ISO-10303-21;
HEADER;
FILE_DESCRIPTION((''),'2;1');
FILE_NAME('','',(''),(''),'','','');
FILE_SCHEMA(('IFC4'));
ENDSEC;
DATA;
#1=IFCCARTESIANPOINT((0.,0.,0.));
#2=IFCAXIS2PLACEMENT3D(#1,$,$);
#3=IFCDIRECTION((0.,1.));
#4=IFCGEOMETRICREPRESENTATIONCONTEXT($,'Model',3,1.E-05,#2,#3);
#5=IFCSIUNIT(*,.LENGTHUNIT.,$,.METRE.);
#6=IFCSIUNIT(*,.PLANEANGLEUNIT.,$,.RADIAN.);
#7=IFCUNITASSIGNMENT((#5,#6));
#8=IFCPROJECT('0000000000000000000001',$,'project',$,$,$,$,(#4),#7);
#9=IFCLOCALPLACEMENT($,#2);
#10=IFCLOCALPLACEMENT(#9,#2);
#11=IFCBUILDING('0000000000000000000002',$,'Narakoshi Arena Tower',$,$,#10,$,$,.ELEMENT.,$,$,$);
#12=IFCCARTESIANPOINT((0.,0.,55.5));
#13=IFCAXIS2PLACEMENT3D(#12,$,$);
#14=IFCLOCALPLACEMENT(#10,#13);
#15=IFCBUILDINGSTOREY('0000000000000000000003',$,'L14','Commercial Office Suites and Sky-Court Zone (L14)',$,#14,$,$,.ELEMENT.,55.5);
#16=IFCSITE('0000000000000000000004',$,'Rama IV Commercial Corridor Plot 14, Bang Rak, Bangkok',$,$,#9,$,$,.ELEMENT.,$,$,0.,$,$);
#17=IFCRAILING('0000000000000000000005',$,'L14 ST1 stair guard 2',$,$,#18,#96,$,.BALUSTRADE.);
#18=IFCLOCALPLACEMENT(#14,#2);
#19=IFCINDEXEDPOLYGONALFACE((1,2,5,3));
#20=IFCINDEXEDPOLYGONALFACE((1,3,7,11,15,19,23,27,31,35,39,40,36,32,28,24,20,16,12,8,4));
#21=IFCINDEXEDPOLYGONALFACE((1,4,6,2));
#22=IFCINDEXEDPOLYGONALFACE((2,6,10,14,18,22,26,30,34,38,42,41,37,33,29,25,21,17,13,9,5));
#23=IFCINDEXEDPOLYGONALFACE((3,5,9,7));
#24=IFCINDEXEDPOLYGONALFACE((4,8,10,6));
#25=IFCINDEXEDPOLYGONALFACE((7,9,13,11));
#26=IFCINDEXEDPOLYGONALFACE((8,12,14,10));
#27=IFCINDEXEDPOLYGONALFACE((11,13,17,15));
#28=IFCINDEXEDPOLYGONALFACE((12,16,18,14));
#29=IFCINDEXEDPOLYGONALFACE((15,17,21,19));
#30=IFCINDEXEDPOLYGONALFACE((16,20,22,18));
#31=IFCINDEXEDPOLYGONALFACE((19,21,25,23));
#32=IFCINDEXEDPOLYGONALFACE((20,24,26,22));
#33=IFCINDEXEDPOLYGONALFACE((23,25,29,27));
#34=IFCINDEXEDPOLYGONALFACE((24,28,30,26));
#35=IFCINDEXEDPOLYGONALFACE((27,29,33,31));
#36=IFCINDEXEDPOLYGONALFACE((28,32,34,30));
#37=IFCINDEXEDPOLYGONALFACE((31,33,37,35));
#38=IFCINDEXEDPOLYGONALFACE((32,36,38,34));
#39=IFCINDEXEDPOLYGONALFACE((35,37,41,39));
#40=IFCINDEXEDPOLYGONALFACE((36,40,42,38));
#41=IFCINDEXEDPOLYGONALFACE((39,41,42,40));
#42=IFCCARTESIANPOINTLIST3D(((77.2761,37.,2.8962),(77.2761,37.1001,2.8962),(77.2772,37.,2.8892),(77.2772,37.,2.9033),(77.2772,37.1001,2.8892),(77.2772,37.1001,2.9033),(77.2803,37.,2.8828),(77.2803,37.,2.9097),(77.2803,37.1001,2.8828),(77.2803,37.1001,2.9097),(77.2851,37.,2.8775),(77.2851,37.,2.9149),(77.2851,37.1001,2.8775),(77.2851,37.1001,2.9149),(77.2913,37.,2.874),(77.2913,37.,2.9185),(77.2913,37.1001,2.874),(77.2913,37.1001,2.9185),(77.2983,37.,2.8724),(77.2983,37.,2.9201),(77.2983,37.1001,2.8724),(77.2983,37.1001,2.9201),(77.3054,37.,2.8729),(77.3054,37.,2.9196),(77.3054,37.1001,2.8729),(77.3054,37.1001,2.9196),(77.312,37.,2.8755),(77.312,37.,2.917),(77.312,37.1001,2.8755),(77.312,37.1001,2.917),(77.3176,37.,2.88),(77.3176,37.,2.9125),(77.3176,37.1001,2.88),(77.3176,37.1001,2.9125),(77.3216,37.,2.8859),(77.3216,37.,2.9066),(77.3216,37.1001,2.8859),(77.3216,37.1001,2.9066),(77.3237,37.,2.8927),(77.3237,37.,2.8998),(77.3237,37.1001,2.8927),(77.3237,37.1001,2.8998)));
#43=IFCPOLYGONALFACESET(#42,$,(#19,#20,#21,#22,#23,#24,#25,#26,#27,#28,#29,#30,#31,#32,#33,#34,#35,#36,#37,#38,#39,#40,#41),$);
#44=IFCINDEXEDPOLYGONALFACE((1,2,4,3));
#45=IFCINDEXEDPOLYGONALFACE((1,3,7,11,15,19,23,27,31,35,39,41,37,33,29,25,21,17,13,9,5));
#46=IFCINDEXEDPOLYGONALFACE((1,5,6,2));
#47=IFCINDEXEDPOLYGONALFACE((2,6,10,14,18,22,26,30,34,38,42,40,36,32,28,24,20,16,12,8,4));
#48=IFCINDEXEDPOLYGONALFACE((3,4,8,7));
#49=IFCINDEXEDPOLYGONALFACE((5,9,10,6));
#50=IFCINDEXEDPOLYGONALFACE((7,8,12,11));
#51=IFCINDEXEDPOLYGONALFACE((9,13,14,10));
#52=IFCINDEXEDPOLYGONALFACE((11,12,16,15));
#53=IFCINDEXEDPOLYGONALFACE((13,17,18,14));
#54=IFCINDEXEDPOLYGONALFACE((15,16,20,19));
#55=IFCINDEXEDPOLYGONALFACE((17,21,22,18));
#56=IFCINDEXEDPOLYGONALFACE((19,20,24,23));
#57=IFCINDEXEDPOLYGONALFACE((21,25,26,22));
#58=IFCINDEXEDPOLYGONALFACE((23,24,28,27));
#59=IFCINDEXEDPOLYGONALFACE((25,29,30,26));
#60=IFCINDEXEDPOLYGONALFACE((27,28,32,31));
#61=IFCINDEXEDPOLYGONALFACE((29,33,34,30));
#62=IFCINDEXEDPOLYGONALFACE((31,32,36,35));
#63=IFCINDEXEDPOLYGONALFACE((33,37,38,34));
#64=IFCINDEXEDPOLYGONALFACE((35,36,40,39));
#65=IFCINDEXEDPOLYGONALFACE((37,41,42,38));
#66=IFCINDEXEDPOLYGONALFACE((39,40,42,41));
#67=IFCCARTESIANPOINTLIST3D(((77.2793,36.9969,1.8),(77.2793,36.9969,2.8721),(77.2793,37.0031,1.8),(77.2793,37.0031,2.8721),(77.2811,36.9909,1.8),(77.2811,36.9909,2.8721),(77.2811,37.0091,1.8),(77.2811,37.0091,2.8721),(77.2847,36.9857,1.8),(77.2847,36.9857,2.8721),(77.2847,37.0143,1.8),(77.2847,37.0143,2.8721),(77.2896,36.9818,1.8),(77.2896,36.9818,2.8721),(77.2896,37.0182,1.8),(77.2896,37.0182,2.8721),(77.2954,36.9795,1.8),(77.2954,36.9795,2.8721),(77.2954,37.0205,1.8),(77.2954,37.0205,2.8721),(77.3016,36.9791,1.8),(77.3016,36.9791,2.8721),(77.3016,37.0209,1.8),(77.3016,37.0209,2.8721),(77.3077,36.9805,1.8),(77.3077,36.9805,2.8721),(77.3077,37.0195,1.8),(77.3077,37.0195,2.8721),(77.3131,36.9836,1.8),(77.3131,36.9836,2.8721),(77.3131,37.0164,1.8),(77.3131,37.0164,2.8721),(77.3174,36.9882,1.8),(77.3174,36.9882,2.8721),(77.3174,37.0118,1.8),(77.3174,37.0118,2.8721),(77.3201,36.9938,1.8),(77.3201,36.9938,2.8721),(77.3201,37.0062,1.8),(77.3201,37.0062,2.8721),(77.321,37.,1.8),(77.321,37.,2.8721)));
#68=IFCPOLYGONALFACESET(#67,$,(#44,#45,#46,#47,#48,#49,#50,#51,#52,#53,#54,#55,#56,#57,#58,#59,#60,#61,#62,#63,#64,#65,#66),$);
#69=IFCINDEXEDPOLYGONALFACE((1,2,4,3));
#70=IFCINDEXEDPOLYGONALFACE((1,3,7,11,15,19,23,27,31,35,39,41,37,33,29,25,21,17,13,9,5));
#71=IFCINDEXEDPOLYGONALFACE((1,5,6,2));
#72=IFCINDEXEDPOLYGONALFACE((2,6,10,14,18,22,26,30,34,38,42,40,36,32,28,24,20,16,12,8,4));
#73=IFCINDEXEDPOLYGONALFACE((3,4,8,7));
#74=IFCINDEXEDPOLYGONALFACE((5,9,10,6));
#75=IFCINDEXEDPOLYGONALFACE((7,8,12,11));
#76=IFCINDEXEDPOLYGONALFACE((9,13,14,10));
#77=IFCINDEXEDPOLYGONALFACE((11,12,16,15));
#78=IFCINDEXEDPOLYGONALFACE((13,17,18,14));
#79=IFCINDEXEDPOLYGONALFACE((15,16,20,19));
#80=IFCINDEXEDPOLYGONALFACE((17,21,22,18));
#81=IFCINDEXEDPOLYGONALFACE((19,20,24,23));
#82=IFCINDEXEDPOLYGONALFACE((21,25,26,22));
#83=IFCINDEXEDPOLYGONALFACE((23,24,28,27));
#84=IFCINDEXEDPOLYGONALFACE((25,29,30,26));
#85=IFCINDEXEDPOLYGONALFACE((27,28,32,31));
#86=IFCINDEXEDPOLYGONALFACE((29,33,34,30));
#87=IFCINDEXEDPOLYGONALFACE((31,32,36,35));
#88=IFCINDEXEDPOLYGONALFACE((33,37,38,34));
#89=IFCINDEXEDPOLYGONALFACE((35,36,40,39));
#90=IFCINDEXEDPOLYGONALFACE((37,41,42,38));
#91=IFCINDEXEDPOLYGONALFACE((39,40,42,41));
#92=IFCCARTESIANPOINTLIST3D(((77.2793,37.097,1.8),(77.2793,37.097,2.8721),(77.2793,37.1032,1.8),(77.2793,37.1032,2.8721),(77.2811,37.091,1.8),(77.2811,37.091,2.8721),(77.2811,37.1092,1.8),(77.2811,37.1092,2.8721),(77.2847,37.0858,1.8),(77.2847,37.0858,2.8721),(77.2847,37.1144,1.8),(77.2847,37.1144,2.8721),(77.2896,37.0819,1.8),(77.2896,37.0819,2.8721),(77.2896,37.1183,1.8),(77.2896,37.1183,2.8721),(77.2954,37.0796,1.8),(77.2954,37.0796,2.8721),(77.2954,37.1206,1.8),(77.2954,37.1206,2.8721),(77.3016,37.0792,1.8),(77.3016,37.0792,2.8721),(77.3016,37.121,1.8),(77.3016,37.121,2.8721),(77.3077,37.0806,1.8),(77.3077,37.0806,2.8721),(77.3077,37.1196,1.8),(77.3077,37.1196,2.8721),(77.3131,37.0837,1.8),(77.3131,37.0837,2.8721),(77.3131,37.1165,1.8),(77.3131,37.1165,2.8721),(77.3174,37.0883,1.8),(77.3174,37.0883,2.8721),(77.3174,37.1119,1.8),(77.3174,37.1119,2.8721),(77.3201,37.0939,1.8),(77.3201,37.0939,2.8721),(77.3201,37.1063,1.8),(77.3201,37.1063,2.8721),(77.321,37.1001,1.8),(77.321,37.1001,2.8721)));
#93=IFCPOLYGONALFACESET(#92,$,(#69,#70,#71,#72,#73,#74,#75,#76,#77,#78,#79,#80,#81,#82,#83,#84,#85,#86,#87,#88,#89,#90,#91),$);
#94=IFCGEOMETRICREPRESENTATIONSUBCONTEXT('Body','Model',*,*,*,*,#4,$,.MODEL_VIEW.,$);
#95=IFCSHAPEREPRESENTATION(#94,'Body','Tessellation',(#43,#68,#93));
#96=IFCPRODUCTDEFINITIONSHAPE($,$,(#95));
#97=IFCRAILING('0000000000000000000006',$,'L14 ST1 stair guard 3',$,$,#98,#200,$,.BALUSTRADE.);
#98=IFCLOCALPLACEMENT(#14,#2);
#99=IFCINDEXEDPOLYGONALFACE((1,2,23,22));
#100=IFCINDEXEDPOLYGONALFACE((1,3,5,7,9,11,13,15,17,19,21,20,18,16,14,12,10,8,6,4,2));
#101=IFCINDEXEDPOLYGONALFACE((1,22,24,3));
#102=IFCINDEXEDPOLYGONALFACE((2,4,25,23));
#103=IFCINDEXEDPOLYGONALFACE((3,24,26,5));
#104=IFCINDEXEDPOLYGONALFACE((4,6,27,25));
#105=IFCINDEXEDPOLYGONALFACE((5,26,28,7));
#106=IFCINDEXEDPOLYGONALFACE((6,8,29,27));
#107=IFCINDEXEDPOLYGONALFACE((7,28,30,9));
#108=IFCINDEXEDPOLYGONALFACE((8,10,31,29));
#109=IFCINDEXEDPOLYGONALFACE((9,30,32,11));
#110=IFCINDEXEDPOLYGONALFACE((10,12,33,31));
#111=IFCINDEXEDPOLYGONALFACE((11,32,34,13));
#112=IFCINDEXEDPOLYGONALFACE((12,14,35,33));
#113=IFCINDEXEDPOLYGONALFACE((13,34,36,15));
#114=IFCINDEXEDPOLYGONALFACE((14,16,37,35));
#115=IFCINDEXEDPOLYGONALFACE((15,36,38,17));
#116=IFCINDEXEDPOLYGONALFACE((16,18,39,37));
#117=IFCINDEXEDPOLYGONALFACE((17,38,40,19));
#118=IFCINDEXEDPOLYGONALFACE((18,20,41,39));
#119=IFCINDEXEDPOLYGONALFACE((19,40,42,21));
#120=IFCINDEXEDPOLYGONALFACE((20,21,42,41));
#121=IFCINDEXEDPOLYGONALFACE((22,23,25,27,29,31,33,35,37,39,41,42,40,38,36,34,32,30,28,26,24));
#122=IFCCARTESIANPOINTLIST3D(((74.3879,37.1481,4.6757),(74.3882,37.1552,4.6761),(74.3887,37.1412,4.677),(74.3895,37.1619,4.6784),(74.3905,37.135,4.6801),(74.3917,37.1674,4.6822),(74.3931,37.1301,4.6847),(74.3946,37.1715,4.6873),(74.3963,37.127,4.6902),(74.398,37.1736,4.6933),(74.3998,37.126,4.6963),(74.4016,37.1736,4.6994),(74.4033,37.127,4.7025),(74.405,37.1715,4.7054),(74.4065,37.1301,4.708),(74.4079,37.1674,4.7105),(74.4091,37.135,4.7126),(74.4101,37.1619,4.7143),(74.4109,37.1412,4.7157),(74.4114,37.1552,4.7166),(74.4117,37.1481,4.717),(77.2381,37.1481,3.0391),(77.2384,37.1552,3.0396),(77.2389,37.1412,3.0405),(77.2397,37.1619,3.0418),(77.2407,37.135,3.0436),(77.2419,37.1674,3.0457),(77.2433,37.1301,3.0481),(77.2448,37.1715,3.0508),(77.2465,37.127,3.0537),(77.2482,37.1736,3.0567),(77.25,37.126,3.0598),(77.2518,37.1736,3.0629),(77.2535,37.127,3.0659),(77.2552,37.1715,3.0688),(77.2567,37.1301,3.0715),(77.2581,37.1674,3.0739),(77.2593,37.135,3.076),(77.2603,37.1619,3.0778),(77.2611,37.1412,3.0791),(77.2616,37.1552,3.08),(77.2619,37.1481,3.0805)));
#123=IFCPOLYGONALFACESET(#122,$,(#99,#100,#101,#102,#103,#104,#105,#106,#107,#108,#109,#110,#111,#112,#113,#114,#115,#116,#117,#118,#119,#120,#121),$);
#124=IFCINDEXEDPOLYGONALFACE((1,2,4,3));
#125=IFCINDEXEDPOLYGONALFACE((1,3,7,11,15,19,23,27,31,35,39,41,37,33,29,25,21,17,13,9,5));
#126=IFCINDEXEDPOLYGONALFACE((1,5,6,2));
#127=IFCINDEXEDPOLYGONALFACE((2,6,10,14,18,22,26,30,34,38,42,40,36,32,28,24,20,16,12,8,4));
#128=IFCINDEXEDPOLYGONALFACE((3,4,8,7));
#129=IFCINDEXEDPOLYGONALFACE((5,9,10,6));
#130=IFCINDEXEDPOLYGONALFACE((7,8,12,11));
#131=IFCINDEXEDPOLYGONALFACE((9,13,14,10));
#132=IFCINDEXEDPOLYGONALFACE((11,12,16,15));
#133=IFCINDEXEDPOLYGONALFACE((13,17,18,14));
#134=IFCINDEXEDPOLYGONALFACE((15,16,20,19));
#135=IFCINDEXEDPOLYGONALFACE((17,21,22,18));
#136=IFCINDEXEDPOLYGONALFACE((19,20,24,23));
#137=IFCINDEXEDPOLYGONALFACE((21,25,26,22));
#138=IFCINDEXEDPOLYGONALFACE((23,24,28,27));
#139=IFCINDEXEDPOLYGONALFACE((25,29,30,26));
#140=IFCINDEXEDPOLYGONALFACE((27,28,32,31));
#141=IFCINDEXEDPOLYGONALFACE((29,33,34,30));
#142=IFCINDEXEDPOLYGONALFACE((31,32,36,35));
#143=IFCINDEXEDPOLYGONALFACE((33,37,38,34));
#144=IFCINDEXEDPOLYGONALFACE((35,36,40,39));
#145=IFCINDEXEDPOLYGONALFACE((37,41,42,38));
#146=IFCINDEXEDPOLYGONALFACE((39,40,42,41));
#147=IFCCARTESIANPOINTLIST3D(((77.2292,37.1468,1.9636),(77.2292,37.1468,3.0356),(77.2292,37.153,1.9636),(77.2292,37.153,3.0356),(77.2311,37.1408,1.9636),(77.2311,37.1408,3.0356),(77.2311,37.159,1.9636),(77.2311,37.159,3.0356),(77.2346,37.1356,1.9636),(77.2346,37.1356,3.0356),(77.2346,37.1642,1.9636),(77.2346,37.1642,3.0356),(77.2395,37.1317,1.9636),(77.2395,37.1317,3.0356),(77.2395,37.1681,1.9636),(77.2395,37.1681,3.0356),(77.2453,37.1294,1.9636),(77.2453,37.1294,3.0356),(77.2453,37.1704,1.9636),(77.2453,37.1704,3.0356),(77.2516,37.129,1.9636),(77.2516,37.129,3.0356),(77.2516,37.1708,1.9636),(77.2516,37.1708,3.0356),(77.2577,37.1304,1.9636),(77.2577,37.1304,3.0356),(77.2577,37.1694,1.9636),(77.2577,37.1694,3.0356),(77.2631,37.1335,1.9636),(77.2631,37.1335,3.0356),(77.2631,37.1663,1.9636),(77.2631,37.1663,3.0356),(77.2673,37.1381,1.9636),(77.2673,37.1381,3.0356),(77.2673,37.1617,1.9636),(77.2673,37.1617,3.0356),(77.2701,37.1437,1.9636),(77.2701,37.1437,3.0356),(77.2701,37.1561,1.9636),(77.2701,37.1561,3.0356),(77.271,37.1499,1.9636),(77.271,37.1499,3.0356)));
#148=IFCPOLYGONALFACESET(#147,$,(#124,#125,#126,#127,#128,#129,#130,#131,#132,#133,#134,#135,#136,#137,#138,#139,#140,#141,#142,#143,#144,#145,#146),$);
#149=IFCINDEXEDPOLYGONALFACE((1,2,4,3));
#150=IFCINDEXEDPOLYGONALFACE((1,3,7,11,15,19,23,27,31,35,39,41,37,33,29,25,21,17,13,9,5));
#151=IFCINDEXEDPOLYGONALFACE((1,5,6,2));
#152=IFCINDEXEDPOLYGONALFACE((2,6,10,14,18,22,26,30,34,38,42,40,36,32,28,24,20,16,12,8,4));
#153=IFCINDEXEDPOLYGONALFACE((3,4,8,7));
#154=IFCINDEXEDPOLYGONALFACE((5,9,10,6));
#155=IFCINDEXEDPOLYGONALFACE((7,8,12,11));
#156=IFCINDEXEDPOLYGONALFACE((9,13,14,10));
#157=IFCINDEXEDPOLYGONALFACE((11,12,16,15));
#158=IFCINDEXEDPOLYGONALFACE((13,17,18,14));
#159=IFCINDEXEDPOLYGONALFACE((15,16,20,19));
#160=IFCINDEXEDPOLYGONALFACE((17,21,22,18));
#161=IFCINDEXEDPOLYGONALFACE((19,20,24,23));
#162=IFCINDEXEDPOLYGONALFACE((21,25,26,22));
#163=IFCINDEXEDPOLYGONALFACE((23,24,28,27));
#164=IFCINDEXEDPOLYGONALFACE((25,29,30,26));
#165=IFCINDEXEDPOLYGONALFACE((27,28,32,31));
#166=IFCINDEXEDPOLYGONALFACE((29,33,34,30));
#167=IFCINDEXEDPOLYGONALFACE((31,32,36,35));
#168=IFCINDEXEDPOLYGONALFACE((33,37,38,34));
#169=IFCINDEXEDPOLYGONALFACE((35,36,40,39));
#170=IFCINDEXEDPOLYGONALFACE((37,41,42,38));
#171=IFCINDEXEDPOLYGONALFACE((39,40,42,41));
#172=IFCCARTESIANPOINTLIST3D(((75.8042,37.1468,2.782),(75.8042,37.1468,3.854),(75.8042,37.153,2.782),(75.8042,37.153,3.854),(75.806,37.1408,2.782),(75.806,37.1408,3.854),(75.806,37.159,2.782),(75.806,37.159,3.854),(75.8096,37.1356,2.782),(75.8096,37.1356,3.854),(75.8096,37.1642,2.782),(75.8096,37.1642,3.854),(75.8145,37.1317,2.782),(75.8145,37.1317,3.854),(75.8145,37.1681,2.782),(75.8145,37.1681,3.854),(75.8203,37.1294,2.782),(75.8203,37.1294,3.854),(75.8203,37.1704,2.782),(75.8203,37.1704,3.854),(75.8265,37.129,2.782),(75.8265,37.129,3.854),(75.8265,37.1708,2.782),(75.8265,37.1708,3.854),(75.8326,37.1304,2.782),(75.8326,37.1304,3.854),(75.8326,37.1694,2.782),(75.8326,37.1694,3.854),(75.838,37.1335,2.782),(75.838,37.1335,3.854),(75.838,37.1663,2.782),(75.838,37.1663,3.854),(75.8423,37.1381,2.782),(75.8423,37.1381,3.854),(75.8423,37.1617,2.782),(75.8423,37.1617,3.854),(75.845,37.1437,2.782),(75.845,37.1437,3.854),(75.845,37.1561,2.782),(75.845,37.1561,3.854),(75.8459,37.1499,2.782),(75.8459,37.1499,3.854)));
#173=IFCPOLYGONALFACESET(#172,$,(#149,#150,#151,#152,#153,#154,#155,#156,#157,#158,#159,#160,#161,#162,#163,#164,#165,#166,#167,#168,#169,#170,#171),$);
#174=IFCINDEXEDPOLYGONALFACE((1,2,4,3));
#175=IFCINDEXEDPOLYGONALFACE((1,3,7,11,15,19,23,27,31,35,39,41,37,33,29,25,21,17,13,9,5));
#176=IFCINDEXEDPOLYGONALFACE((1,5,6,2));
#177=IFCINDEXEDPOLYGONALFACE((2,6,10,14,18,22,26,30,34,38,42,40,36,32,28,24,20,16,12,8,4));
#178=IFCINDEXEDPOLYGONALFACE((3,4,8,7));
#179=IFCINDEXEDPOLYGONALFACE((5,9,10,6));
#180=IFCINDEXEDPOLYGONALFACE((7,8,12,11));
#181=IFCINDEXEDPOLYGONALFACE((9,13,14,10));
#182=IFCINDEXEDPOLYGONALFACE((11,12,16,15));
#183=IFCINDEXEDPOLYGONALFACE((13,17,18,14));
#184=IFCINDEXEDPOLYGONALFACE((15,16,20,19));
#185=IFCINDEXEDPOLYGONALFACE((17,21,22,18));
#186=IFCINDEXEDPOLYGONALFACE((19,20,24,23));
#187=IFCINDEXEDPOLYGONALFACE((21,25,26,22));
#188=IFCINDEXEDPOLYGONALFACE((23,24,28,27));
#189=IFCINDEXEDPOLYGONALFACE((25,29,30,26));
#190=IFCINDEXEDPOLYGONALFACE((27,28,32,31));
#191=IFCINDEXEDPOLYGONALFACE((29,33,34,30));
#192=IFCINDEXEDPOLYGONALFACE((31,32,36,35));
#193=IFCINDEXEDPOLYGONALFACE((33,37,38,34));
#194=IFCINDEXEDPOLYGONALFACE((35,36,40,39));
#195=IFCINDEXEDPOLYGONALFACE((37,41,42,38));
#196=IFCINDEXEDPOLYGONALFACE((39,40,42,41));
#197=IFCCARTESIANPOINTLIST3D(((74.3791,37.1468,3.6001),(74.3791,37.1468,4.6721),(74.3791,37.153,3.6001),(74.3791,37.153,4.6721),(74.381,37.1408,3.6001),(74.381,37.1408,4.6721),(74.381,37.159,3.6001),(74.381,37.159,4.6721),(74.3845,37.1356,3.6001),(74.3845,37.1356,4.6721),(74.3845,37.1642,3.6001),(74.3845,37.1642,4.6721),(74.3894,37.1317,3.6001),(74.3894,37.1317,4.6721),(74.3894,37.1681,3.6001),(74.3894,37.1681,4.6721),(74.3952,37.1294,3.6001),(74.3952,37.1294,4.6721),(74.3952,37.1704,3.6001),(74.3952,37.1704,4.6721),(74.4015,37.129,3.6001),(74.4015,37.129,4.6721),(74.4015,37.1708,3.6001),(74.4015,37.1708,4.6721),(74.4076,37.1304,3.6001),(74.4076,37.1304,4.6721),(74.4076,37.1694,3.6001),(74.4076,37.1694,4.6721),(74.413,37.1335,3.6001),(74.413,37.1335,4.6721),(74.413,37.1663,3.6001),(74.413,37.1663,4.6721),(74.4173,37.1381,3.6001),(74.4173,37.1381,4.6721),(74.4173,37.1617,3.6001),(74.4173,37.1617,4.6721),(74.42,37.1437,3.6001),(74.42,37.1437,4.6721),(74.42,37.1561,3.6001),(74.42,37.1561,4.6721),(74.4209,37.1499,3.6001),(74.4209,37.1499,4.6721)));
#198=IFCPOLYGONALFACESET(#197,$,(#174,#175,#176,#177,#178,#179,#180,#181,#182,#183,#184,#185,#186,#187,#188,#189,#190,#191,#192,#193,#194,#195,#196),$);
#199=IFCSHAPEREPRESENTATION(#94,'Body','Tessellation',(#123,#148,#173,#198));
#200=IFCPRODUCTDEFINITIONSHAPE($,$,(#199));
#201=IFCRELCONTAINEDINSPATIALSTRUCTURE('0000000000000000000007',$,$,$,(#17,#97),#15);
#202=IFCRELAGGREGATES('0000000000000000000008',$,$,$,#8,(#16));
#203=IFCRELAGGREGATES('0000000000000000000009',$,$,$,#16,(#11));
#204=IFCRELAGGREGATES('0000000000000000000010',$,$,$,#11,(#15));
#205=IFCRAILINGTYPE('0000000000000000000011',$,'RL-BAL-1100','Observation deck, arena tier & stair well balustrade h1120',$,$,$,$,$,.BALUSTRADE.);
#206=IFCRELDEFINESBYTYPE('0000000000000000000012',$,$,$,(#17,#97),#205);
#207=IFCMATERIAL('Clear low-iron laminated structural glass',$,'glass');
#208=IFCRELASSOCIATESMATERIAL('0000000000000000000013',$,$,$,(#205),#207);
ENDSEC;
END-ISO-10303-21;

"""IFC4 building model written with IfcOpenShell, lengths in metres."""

from ifc_helpers import new_model, si_unit, direction, frame, origin, origin_2d, place, context, subcontext, project, spatial, circle, extrude, material, type_object, element, save


model = new_model("IFC4")

# Units and contexts
model_context = context("Model", 3, precision=1e-05, world=origin(), true_north=direction((0.0, 1.0)))
body_context = subcontext(model_context, "Body", "Model", "MODEL_VIEW")
ifc_project = project(units=[si_unit("LENGTHUNIT", "METRE"), si_unit("PLANEANGLEUNIT", "RADIAN")], contexts=[model_context])

# Site, building, storey
site_placement = place(None, origin())
site = spatial("IfcSite", under=ifc_project, at=site_placement, Name="Rama IV Commercial Corridor Plot 14, Bang Rak, Bangkok", CompositionType="ELEMENT", RefElevation=0.0)
building_placement = place(site_placement, origin())
building = spatial("IfcBuilding", under=site, at=building_placement, Name="Narakoshi Arena Tower", CompositionType="ELEMENT")
storey_placement = place(building_placement, frame((0.0, 0.0, 55.5)))
storey = spatial("IfcBuildingStorey", under=building, at=storey_placement, Name="L14", Description="Commercial Office Suites and Sky-Court Zone (L14)", CompositionType="ELEMENT", Elevation=55.5)

# Railings
ifc_material_1 = material(Name="Clear low-iron laminated structural glass", Category="glass")
railing_type_1 = type_object("IfcRailingType", Name="RL-BAL-1100", Description="Observation deck, arena tier & stair well balustrade h1120", PredefinedType="BALUSTRADE", material=ifc_material_1)
railing_1_placement = place(storey_placement, frame((77.3, 37.0, 1.8)))
element("IfcRailing", 1, at=railing_1_placement, inside=storey, type_object=railing_type_1, Name="L14 ST1 stair guard 2", PredefinedType="BALUSTRADE", context=body_context, shape_type="SweptSolid", body=[
    extrude(circle(Radius=0.0239, at=origin_2d()), frame((0.0, 0.0, 1.0962), z_axis=(0.0, 1.0, 0.0), x_axis=(-1.0, 0.0, 0.0)), (0.0, 0.0, 1.0), 0.1001),
    extrude(circle(Radius=0.021, at=origin_2d()), origin(), (0.0, 0.0, 1.0), 1.072),
    extrude(circle(Radius=0.021, at=origin_2d()), frame((0.0, 0.1001, 0.0)), (0.0, 0.0, 1.0), 1.072),
])
for number, where, name in (
    (2, (77.25, 37.1499, 1.9636), "L14 ST1 stair guard 3"),
):
    element("IfcRailing", number, at=place(storey_placement, frame(where)), inside=storey, type_object=railing_type_1, Name=name, PredefinedType="BALUSTRADE", context=body_context, shape_type="SweptSolid", body=[
        extrude(circle(Radius=0.0239, at=origin_2d()), frame((0.0, 0.0, 1.0962), z_axis=(-0.867213, 0.0, 0.497938), x_axis=(0.0, -1.0, 0.0)), (0.0, 0.0, 1.0), 3.2866),
        extrude(circle(Radius=0.021, at=origin_2d()), origin(), (0.0, 0.0, 1.0), 1.072),
        extrude(circle(Radius=0.021, at=origin_2d()), frame((-1.425, 0.0, 0.8184)), (0.0, 0.0, 1.0), 1.072),
        extrude(circle(Radius=0.021, at=origin_2d()), frame((-2.8501, 0.0, 1.6365)), (0.0, 0.0, 1.0), 1.072),
    ])

save(model, "model.ifc")
